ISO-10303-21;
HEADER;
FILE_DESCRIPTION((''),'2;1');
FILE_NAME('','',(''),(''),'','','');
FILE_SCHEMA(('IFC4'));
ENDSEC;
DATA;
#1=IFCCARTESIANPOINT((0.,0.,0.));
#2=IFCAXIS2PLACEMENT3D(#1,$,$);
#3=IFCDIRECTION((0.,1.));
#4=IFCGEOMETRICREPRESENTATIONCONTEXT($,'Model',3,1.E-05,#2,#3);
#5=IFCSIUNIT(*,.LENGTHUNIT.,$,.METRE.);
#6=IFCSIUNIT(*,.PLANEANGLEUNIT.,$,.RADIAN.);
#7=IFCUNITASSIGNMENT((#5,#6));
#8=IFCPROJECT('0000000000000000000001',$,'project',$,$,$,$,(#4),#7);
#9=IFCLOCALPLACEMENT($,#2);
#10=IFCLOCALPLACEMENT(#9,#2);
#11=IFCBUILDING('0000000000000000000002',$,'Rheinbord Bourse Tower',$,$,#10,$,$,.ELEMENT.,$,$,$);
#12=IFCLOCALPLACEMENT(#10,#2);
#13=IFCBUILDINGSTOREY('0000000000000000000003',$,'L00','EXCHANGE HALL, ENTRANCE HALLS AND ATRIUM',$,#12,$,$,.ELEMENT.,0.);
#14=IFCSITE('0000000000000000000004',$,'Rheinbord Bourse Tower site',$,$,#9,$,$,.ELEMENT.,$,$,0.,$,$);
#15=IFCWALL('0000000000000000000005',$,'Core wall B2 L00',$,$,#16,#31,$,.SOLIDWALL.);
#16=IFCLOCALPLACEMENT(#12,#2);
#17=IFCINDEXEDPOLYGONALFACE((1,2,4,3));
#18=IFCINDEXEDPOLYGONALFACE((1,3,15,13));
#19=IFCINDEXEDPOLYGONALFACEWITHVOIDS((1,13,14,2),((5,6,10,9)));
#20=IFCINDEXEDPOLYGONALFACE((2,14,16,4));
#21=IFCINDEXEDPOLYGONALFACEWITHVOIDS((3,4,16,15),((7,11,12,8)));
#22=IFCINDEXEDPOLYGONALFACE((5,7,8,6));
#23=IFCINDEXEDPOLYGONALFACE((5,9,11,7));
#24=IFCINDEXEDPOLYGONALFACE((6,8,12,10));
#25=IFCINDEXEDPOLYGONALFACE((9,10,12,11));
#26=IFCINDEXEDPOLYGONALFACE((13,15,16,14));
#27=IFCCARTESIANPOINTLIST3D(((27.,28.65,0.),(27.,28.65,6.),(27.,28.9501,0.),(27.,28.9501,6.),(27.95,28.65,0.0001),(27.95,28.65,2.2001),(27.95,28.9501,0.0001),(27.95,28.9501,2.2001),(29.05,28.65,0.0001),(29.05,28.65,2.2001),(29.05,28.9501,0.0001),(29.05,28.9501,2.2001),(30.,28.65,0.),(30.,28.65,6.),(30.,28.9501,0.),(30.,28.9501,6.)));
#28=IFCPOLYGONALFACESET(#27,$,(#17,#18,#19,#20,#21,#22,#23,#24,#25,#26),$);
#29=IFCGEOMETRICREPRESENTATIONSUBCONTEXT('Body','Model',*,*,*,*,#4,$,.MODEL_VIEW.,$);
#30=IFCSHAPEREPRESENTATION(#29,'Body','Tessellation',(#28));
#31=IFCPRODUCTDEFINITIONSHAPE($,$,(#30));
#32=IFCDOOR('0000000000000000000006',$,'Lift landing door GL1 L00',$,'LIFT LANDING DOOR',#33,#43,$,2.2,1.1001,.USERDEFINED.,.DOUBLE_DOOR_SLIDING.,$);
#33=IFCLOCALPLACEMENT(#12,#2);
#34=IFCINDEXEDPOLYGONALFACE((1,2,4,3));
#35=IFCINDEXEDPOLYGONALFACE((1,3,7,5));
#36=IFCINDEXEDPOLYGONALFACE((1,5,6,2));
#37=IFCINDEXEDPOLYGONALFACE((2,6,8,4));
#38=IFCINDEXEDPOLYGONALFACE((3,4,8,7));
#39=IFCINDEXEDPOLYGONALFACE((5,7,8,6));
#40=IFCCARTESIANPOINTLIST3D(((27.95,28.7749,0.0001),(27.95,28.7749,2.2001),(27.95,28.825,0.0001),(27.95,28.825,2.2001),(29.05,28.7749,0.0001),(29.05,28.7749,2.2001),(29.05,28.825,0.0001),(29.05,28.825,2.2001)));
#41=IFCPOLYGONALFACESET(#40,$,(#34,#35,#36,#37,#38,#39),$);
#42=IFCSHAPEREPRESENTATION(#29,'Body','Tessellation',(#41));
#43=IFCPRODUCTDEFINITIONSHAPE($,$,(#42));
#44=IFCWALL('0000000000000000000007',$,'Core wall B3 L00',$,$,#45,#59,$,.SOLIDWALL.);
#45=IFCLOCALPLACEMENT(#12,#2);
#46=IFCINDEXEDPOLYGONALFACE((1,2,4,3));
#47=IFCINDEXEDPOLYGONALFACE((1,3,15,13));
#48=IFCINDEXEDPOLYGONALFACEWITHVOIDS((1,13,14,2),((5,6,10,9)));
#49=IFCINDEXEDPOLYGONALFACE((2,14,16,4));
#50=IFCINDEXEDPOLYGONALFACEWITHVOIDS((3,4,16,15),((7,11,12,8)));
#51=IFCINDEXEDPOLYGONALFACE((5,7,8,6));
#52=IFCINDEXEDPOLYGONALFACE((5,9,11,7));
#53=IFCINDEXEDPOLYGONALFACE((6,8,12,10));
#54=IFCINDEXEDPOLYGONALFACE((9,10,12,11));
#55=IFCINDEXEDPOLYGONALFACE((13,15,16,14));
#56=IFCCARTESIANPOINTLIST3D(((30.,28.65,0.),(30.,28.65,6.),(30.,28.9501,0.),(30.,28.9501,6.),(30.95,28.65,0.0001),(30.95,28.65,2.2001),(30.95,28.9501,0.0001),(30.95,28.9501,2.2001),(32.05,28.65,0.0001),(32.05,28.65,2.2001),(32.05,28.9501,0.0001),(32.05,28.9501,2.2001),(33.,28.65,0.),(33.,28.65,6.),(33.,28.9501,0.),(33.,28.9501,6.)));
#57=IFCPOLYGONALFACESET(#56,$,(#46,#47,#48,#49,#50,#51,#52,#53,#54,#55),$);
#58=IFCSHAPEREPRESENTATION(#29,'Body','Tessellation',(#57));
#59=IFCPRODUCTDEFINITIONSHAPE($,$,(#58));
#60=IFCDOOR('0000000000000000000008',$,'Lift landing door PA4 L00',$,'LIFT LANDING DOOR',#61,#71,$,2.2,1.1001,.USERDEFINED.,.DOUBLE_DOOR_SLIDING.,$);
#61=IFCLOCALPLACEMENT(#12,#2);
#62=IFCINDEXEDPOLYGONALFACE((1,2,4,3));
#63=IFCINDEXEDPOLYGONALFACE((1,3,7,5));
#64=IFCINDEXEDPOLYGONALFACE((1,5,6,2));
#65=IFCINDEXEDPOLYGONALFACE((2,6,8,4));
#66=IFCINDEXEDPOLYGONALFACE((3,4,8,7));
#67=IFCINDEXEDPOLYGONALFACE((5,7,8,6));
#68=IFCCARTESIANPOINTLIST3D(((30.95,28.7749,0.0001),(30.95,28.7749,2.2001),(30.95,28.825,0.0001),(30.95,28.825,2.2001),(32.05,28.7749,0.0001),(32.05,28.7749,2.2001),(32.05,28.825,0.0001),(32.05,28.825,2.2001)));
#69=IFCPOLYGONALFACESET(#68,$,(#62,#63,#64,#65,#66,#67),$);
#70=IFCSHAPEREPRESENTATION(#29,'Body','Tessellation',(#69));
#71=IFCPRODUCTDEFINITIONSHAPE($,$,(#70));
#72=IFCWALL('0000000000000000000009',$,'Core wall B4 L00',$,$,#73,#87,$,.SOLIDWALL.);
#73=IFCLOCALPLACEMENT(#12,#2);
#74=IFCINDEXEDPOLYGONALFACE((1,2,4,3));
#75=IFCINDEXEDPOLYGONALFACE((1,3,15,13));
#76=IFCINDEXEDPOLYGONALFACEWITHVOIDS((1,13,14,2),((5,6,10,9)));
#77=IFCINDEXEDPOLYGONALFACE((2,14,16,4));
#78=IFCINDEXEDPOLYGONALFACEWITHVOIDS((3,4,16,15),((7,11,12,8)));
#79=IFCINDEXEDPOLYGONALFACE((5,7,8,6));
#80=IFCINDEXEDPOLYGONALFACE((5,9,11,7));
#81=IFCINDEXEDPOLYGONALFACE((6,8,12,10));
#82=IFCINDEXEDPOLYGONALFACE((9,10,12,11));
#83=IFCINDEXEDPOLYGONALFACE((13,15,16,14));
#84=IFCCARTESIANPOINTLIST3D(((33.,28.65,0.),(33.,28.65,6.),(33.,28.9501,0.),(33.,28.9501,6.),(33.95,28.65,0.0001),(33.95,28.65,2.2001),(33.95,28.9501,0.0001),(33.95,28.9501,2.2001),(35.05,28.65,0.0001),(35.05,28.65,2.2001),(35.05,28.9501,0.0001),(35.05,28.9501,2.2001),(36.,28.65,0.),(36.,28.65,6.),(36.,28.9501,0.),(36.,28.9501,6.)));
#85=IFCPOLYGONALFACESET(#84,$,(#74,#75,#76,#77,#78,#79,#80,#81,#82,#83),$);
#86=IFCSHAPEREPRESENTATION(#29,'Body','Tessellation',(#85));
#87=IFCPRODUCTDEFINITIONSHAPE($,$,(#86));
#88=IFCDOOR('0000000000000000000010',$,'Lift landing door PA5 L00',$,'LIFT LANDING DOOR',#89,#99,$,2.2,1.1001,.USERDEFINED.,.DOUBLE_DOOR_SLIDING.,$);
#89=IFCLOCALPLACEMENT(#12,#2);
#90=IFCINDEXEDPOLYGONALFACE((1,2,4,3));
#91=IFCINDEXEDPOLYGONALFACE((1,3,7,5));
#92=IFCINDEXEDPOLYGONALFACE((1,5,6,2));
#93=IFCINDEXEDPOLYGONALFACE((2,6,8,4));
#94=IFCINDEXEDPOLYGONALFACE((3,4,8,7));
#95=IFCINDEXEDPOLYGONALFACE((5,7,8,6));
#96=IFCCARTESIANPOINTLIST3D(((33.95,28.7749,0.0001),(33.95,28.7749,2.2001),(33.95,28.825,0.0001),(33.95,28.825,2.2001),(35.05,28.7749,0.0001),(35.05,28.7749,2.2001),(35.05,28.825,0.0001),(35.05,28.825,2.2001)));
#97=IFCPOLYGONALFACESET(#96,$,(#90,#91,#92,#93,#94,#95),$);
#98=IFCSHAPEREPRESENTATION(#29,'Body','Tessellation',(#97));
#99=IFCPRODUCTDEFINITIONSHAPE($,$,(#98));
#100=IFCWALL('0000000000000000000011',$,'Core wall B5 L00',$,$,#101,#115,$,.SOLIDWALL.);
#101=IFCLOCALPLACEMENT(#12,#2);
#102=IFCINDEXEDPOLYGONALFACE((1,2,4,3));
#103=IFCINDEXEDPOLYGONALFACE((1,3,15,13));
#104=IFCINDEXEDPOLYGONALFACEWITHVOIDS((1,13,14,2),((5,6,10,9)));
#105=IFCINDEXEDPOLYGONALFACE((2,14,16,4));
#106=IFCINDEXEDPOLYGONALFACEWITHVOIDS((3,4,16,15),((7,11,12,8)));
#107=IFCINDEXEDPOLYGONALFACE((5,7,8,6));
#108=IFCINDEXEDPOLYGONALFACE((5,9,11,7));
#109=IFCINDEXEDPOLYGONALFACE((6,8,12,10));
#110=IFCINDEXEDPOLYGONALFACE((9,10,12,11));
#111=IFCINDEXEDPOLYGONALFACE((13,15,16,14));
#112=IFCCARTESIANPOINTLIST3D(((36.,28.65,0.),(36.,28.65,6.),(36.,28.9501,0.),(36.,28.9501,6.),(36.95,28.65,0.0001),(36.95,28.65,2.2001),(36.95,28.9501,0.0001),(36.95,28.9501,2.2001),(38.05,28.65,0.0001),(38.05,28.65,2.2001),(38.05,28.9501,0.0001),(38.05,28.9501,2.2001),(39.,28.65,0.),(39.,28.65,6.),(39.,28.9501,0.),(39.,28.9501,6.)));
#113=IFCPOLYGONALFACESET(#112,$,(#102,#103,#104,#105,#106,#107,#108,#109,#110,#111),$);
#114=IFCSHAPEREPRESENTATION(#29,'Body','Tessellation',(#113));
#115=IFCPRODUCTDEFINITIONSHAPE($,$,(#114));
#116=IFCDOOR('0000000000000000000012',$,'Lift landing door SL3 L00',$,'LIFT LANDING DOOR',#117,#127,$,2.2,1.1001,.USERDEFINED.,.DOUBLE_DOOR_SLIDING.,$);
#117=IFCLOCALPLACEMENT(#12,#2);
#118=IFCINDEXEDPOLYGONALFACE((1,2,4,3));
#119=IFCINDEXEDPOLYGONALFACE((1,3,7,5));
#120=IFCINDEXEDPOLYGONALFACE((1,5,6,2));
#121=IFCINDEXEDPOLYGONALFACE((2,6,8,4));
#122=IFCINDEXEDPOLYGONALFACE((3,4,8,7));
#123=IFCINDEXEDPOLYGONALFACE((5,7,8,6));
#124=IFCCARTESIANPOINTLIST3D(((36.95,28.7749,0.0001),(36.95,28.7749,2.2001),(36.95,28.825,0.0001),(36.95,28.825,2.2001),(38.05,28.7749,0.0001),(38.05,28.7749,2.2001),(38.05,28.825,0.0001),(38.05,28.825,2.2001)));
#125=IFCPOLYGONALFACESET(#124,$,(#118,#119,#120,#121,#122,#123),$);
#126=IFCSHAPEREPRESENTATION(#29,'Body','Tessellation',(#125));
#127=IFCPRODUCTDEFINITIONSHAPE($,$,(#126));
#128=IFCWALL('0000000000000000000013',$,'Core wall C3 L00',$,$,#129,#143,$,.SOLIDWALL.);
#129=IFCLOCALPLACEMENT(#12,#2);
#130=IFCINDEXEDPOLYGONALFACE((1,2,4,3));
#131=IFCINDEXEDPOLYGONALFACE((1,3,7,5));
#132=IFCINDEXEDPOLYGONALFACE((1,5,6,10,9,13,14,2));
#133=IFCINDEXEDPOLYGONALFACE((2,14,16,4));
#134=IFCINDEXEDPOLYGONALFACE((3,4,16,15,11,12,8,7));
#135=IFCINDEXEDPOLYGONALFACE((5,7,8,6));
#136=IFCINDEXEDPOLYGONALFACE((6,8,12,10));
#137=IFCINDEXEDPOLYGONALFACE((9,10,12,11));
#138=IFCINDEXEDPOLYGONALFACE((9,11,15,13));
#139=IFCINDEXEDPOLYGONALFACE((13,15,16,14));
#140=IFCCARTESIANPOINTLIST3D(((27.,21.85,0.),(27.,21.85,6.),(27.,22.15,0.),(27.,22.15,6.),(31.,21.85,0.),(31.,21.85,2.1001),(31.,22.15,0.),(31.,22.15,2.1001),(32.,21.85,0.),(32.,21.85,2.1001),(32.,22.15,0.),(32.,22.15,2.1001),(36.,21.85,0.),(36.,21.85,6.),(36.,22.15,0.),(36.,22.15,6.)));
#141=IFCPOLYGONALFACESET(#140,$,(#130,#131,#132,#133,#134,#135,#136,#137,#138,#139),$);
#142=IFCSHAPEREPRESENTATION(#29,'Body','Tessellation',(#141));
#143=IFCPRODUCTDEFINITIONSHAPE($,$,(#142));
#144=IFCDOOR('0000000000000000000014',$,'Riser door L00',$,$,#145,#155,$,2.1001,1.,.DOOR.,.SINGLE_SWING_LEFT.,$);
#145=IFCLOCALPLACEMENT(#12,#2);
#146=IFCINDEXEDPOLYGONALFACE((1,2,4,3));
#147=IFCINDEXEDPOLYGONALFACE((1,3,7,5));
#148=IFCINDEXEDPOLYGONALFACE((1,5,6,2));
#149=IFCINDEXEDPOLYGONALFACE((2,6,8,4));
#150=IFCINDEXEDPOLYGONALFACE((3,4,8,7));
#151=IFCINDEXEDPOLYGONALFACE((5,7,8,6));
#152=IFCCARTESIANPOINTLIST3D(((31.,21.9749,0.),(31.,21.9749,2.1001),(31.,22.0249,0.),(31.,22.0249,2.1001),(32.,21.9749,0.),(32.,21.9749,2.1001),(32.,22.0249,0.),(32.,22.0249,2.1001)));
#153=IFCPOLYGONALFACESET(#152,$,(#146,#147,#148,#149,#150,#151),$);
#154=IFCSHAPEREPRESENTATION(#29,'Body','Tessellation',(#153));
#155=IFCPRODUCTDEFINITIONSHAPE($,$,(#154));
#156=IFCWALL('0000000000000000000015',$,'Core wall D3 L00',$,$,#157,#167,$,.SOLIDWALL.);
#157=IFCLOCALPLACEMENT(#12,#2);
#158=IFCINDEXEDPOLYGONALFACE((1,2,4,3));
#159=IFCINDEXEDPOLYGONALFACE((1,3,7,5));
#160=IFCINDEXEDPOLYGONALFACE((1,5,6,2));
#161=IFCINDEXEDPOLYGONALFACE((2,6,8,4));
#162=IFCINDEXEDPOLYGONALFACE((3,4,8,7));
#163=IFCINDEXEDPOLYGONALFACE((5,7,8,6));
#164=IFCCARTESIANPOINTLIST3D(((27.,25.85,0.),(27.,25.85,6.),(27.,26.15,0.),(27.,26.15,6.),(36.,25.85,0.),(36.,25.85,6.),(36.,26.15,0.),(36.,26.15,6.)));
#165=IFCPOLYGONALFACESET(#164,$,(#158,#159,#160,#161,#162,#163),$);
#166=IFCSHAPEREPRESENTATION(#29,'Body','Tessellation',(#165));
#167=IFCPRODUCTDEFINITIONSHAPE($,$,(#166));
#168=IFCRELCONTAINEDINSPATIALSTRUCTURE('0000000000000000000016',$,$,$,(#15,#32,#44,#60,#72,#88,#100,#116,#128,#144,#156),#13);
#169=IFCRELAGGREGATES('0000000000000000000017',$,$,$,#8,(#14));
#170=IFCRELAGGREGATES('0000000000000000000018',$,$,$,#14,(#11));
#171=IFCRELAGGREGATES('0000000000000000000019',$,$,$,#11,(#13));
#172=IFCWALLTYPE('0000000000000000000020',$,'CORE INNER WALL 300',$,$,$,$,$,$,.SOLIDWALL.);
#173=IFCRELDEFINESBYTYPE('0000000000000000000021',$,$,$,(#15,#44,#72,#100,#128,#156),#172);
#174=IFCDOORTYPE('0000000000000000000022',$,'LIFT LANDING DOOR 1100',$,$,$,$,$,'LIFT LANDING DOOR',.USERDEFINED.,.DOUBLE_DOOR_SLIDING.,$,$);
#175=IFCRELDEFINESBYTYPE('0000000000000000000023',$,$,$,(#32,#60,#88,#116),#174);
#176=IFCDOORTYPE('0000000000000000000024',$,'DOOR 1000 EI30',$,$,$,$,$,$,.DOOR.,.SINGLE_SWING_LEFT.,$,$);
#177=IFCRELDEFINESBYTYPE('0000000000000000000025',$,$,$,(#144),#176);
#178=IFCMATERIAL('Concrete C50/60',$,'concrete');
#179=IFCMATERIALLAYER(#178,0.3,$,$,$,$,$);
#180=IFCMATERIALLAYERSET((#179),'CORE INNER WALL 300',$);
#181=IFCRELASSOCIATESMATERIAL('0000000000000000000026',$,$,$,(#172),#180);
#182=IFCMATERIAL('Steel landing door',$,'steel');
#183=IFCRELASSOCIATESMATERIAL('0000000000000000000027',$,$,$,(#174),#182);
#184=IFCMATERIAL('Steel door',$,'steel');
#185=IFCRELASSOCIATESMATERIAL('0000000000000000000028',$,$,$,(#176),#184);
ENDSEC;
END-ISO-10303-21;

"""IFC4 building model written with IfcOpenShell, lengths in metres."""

from ifc_helpers import new_model, si_unit, direction, frame, frame_2d, origin, place, context, subcontext, project, spatial, rectangle, extrude, material, layer, layer_set, type_object, element, fill, save


model = new_model("IFC4")

# Units and contexts
model_context = context("Model", 3, precision=1e-05, world=origin(), true_north=direction((0.0, 1.0)))
body_context = subcontext(model_context, "Body", "Model", "MODEL_VIEW")
ifc_project = project(units=[si_unit("LENGTHUNIT", "METRE"), si_unit("PLANEANGLEUNIT", "RADIAN")], contexts=[model_context])

# Site, building, storey
site_placement = place(None, origin())
site = spatial("IfcSite", under=ifc_project, at=site_placement, Name="Rheinbord Bourse Tower site", CompositionType="ELEMENT", RefElevation=0.0)
building_placement = place(site_placement, origin())
building = spatial("IfcBuilding", under=site, at=building_placement, Name="Rheinbord Bourse Tower", CompositionType="ELEMENT")
storey_placement = place(building_placement, origin())
storey = spatial("IfcBuildingStorey", under=building, at=storey_placement, Name="L00", Description="EXCHANGE HALL, ENTRANCE HALLS AND ATRIUM", CompositionType="ELEMENT", Elevation=0.0)

# Walls, openings, doors
ifc_material_1 = material(Name="Concrete C50/60", Category="concrete")
ifc_layer = layer(ifc_material_1, 0.3)
ifc_layer_set = layer_set([ifc_layer], Name="CORE INNER WALL 300")
wall_type = type_object("IfcWallType", Name="CORE INNER WALL 300", PredefinedType="SOLIDWALL", material=ifc_layer_set)
ifc_material_2 = material(Name="Steel landing door", Category="steel")
door_type_1 = type_object("IfcDoorType", Name="LIFT LANDING DOOR 1100", ElementType="LIFT LANDING DOOR", OperationType="DOUBLE_DOOR_SLIDING", PredefinedType="USERDEFINED", material=ifc_material_2)
wall_1_placement = place(storey_placement, frame((27.0, 28.8, 0.0), z_axis=(0.0, 0.0, 1.0), x_axis=(1.0, 0.0, 0.0)))
wall_1 = element("IfcWall", 1, at=wall_1_placement, inside=storey, type_object=wall_type, Name="Core wall B2 L00", PredefinedType="SOLIDWALL", context=body_context, shape_type="SweptSolid", body=[
    extrude(rectangle(XDim=3.0, YDim=0.3, at=frame_2d((1.5, 0.0))), origin(), (0.0, 0.0, 1.0), 6.0),
])
opening_1_placement = place(wall_1_placement, frame((0.95, 0.0, 0.0)))
opening_1 = element("IfcOpeningElement", 2, at=opening_1_placement, cuts=wall_1, PredefinedType="OPENING", context=body_context, shape_type="SweptSolid", body=[
    extrude(rectangle(XDim=1.1001, YDim=2.2, at=frame_2d((0.55, 1.1001))), frame((0.0, 0.1599, 0.0), z_axis=(0.0, -1.0, 0.0), x_axis=(1.0, 0.0, 0.0)), (0.0, 0.0, 1.0), 0.3201),
])
door_1_placement = place(opening_1_placement, origin())
door_1 = element("IfcDoor", 3, at=door_1_placement, inside=storey, type_object=door_type_1, Name="Lift landing door GL1 L00", ObjectType="LIFT LANDING DOOR", OperationType="DOUBLE_DOOR_SLIDING", OverallHeight=2.2, OverallWidth=1.1001, PredefinedType="USERDEFINED", context=body_context, shape_type="SweptSolid", body=[
    extrude(rectangle(XDim=1.1001, YDim=2.2, at=frame_2d((0.55, 1.1001))), frame((0.0, 0.0249, 0.0), z_axis=(0.0, -1.0, 0.0), x_axis=(1.0, 0.0, 0.0)), (0.0, 0.0, 1.0), 0.05),
])
fill(opening_1, door_1)
wall_2_placement = place(storey_placement, frame((30.0, 28.8, 0.0), z_axis=(0.0, 0.0, 1.0), x_axis=(1.0, 0.0, 0.0)))
wall_2 = element("IfcWall", 4, at=wall_2_placement, inside=storey, type_object=wall_type, Name="Core wall B3 L00", PredefinedType="SOLIDWALL", context=body_context, shape_type="SweptSolid", body=[
    extrude(rectangle(XDim=3.0, YDim=0.3, at=frame_2d((1.5, 0.0))), origin(), (0.0, 0.0, 1.0), 6.0),
])
opening_2_placement = place(wall_2_placement, frame((0.95, 0.0, 0.0)))
opening_2 = element("IfcOpeningElement", 5, at=opening_2_placement, cuts=wall_2, PredefinedType="OPENING", context=body_context, shape_type="SweptSolid", body=[
    extrude(rectangle(XDim=1.1001, YDim=2.2, at=frame_2d((0.55, 1.1001))), frame((0.0, 0.1599, 0.0), z_axis=(0.0, -1.0, 0.0), x_axis=(1.0, 0.0, 0.0)), (0.0, 0.0, 1.0), 0.3201),
])
door_2_placement = place(opening_2_placement, origin())
door_2 = element("IfcDoor", 6, at=door_2_placement, inside=storey, type_object=door_type_1, Name="Lift landing door PA4 L00", ObjectType="LIFT LANDING DOOR", OperationType="DOUBLE_DOOR_SLIDING", OverallHeight=2.2, OverallWidth=1.1001, PredefinedType="USERDEFINED", context=body_context, shape_type="SweptSolid", body=[
    extrude(rectangle(XDim=1.1001, YDim=2.2, at=frame_2d((0.55, 1.1001))), frame((0.0, 0.0249, 0.0), z_axis=(0.0, -1.0, 0.0), x_axis=(1.0, 0.0, 0.0)), (0.0, 0.0, 1.0), 0.05),
])
fill(opening_2, door_2)
wall_3_placement = place(storey_placement, frame((33.0, 28.8, 0.0), z_axis=(0.0, 0.0, 1.0), x_axis=(1.0, 0.0, 0.0)))
wall_3 = element("IfcWall", 7, at=wall_3_placement, inside=storey, type_object=wall_type, Name="Core wall B4 L00", PredefinedType="SOLIDWALL", context=body_context, shape_type="SweptSolid", body=[
    extrude(rectangle(XDim=3.0, YDim=0.3, at=frame_2d((1.5, 0.0))), origin(), (0.0, 0.0, 1.0), 6.0),
])
opening_3_placement = place(wall_3_placement, frame((0.95, 0.0, 0.0)))
opening_3 = element("IfcOpeningElement", 8, at=opening_3_placement, cuts=wall_3, PredefinedType="OPENING", context=body_context, shape_type="SweptSolid", body=[
    extrude(rectangle(XDim=1.1001, YDim=2.2, at=frame_2d((0.55, 1.1001))), frame((0.0, 0.1599, 0.0), z_axis=(0.0, -1.0, 0.0), x_axis=(1.0, 0.0, 0.0)), (0.0, 0.0, 1.0), 0.3201),
])
door_3_placement = place(opening_3_placement, origin())
door_3 = element("IfcDoor", 9, at=door_3_placement, inside=storey, type_object=door_type_1, Name="Lift landing door PA5 L00", ObjectType="LIFT LANDING DOOR", OperationType="DOUBLE_DOOR_SLIDING", OverallHeight=2.2, OverallWidth=1.1001, PredefinedType="USERDEFINED", context=body_context, shape_type="SweptSolid", body=[
    extrude(rectangle(XDim=1.1001, YDim=2.2, at=frame_2d((0.55, 1.1001))), frame((0.0, 0.0249, 0.0), z_axis=(0.0, -1.0, 0.0), x_axis=(1.0, 0.0, 0.0)), (0.0, 0.0, 1.0), 0.05),
])
fill(opening_3, door_3)
wall_4_placement = place(storey_placement, frame((36.0, 28.8, 0.0), z_axis=(0.0, 0.0, 1.0), x_axis=(1.0, 0.0, 0.0)))
wall_4 = element("IfcWall", 10, at=wall_4_placement, inside=storey, type_object=wall_type, Name="Core wall B5 L00", PredefinedType="SOLIDWALL", context=body_context, shape_type="SweptSolid", body=[
    extrude(rectangle(XDim=3.0, YDim=0.3, at=frame_2d((1.5, 0.0))), origin(), (0.0, 0.0, 1.0), 6.0),
])
opening_4_placement = place(wall_4_placement, frame((0.95, 0.0, 0.0)))
opening_4 = element("IfcOpeningElement", 11, at=opening_4_placement, cuts=wall_4, PredefinedType="OPENING", context=body_context, shape_type="SweptSolid", body=[
    extrude(rectangle(XDim=1.1001, YDim=2.2, at=frame_2d((0.55, 1.1001))), frame((0.0, 0.1599, 0.0), z_axis=(0.0, -1.0, 0.0), x_axis=(1.0, 0.0, 0.0)), (0.0, 0.0, 1.0), 0.3201),
])
door_4_placement = place(opening_4_placement, origin())
door_4 = element("IfcDoor", 12, at=door_4_placement, inside=storey, type_object=door_type_1, Name="Lift landing door SL3 L00", ObjectType="LIFT LANDING DOOR", OperationType="DOUBLE_DOOR_SLIDING", OverallHeight=2.2, OverallWidth=1.1001, PredefinedType="USERDEFINED", context=body_context, shape_type="SweptSolid", body=[
    extrude(rectangle(XDim=1.1001, YDim=2.2, at=frame_2d((0.55, 1.1001))), frame((0.0, 0.0249, 0.0), z_axis=(0.0, -1.0, 0.0), x_axis=(1.0, 0.0, 0.0)), (0.0, 0.0, 1.0), 0.05),
])
fill(opening_4, door_4)
wall_5_placement = place(storey_placement, frame((27.0, 22.0, 0.0), z_axis=(0.0, 0.0, 1.0), x_axis=(1.0, 0.0, 0.0)))
wall_5 = element("IfcWall", 13, at=wall_5_placement, inside=storey, type_object=wall_type, Name="Core wall C3 L00", PredefinedType="SOLIDWALL", context=body_context, shape_type="SweptSolid", body=[
    extrude(rectangle(XDim=9.0, YDim=0.3, at=frame_2d((4.5, 0.0))), origin(), (0.0, 0.0, 1.0), 6.0),
])
opening_5_placement = place(wall_5_placement, frame((4.0, 0.0, 0.0)))
opening_5 = element("IfcOpeningElement", 14, at=opening_5_placement, cuts=wall_5, PredefinedType="OPENING", context=body_context, shape_type="SweptSolid", body=[
    extrude(rectangle(XDim=1.0, YDim=2.1001, at=frame_2d((0.5, 1.05))), frame((0.0, 0.1599, 0.0), z_axis=(0.0, -1.0, 0.0), x_axis=(1.0, 0.0, 0.0)), (0.0, 0.0, 1.0), 0.3201),
])
ifc_material_3 = material(Name="Steel door", Category="steel")
door_type_2 = type_object("IfcDoorType", Name="DOOR 1000 EI30", OperationType="SINGLE_SWING_LEFT", PredefinedType="DOOR", material=ifc_material_3)
door_5_placement = place(opening_5_placement, origin())
door_5 = element("IfcDoor", 15, at=door_5_placement, inside=storey, type_object=door_type_2, Name="Riser door L00", OperationType="SINGLE_SWING_LEFT", OverallHeight=2.1001, OverallWidth=1.0, PredefinedType="DOOR", context=body_context, shape_type="SweptSolid", body=[
    extrude(rectangle(XDim=1.0, YDim=2.1001, at=frame_2d((0.5, 1.05))), frame((0.0, 0.0249, 0.0), z_axis=(0.0, -1.0, 0.0), x_axis=(1.0, 0.0, 0.0)), (0.0, 0.0, 1.0), 0.05),
])
fill(opening_5, door_5)

# Wall
wall_6_placement = place(storey_placement, frame((27.0, 26.0, 0.0), z_axis=(0.0, 0.0, 1.0), x_axis=(1.0, 0.0, 0.0)))
element("IfcWall", 16, at=wall_6_placement, inside=storey, type_object=wall_type, Name="Core wall D3 L00", PredefinedType="SOLIDWALL", context=body_context, shape_type="SweptSolid", body=[
    extrude(rectangle(XDim=9.0, YDim=0.3, at=frame_2d((4.5, 0.0))), origin(), (0.0, 0.0, 1.0), 6.0),
])

save(model, "model.ifc")
